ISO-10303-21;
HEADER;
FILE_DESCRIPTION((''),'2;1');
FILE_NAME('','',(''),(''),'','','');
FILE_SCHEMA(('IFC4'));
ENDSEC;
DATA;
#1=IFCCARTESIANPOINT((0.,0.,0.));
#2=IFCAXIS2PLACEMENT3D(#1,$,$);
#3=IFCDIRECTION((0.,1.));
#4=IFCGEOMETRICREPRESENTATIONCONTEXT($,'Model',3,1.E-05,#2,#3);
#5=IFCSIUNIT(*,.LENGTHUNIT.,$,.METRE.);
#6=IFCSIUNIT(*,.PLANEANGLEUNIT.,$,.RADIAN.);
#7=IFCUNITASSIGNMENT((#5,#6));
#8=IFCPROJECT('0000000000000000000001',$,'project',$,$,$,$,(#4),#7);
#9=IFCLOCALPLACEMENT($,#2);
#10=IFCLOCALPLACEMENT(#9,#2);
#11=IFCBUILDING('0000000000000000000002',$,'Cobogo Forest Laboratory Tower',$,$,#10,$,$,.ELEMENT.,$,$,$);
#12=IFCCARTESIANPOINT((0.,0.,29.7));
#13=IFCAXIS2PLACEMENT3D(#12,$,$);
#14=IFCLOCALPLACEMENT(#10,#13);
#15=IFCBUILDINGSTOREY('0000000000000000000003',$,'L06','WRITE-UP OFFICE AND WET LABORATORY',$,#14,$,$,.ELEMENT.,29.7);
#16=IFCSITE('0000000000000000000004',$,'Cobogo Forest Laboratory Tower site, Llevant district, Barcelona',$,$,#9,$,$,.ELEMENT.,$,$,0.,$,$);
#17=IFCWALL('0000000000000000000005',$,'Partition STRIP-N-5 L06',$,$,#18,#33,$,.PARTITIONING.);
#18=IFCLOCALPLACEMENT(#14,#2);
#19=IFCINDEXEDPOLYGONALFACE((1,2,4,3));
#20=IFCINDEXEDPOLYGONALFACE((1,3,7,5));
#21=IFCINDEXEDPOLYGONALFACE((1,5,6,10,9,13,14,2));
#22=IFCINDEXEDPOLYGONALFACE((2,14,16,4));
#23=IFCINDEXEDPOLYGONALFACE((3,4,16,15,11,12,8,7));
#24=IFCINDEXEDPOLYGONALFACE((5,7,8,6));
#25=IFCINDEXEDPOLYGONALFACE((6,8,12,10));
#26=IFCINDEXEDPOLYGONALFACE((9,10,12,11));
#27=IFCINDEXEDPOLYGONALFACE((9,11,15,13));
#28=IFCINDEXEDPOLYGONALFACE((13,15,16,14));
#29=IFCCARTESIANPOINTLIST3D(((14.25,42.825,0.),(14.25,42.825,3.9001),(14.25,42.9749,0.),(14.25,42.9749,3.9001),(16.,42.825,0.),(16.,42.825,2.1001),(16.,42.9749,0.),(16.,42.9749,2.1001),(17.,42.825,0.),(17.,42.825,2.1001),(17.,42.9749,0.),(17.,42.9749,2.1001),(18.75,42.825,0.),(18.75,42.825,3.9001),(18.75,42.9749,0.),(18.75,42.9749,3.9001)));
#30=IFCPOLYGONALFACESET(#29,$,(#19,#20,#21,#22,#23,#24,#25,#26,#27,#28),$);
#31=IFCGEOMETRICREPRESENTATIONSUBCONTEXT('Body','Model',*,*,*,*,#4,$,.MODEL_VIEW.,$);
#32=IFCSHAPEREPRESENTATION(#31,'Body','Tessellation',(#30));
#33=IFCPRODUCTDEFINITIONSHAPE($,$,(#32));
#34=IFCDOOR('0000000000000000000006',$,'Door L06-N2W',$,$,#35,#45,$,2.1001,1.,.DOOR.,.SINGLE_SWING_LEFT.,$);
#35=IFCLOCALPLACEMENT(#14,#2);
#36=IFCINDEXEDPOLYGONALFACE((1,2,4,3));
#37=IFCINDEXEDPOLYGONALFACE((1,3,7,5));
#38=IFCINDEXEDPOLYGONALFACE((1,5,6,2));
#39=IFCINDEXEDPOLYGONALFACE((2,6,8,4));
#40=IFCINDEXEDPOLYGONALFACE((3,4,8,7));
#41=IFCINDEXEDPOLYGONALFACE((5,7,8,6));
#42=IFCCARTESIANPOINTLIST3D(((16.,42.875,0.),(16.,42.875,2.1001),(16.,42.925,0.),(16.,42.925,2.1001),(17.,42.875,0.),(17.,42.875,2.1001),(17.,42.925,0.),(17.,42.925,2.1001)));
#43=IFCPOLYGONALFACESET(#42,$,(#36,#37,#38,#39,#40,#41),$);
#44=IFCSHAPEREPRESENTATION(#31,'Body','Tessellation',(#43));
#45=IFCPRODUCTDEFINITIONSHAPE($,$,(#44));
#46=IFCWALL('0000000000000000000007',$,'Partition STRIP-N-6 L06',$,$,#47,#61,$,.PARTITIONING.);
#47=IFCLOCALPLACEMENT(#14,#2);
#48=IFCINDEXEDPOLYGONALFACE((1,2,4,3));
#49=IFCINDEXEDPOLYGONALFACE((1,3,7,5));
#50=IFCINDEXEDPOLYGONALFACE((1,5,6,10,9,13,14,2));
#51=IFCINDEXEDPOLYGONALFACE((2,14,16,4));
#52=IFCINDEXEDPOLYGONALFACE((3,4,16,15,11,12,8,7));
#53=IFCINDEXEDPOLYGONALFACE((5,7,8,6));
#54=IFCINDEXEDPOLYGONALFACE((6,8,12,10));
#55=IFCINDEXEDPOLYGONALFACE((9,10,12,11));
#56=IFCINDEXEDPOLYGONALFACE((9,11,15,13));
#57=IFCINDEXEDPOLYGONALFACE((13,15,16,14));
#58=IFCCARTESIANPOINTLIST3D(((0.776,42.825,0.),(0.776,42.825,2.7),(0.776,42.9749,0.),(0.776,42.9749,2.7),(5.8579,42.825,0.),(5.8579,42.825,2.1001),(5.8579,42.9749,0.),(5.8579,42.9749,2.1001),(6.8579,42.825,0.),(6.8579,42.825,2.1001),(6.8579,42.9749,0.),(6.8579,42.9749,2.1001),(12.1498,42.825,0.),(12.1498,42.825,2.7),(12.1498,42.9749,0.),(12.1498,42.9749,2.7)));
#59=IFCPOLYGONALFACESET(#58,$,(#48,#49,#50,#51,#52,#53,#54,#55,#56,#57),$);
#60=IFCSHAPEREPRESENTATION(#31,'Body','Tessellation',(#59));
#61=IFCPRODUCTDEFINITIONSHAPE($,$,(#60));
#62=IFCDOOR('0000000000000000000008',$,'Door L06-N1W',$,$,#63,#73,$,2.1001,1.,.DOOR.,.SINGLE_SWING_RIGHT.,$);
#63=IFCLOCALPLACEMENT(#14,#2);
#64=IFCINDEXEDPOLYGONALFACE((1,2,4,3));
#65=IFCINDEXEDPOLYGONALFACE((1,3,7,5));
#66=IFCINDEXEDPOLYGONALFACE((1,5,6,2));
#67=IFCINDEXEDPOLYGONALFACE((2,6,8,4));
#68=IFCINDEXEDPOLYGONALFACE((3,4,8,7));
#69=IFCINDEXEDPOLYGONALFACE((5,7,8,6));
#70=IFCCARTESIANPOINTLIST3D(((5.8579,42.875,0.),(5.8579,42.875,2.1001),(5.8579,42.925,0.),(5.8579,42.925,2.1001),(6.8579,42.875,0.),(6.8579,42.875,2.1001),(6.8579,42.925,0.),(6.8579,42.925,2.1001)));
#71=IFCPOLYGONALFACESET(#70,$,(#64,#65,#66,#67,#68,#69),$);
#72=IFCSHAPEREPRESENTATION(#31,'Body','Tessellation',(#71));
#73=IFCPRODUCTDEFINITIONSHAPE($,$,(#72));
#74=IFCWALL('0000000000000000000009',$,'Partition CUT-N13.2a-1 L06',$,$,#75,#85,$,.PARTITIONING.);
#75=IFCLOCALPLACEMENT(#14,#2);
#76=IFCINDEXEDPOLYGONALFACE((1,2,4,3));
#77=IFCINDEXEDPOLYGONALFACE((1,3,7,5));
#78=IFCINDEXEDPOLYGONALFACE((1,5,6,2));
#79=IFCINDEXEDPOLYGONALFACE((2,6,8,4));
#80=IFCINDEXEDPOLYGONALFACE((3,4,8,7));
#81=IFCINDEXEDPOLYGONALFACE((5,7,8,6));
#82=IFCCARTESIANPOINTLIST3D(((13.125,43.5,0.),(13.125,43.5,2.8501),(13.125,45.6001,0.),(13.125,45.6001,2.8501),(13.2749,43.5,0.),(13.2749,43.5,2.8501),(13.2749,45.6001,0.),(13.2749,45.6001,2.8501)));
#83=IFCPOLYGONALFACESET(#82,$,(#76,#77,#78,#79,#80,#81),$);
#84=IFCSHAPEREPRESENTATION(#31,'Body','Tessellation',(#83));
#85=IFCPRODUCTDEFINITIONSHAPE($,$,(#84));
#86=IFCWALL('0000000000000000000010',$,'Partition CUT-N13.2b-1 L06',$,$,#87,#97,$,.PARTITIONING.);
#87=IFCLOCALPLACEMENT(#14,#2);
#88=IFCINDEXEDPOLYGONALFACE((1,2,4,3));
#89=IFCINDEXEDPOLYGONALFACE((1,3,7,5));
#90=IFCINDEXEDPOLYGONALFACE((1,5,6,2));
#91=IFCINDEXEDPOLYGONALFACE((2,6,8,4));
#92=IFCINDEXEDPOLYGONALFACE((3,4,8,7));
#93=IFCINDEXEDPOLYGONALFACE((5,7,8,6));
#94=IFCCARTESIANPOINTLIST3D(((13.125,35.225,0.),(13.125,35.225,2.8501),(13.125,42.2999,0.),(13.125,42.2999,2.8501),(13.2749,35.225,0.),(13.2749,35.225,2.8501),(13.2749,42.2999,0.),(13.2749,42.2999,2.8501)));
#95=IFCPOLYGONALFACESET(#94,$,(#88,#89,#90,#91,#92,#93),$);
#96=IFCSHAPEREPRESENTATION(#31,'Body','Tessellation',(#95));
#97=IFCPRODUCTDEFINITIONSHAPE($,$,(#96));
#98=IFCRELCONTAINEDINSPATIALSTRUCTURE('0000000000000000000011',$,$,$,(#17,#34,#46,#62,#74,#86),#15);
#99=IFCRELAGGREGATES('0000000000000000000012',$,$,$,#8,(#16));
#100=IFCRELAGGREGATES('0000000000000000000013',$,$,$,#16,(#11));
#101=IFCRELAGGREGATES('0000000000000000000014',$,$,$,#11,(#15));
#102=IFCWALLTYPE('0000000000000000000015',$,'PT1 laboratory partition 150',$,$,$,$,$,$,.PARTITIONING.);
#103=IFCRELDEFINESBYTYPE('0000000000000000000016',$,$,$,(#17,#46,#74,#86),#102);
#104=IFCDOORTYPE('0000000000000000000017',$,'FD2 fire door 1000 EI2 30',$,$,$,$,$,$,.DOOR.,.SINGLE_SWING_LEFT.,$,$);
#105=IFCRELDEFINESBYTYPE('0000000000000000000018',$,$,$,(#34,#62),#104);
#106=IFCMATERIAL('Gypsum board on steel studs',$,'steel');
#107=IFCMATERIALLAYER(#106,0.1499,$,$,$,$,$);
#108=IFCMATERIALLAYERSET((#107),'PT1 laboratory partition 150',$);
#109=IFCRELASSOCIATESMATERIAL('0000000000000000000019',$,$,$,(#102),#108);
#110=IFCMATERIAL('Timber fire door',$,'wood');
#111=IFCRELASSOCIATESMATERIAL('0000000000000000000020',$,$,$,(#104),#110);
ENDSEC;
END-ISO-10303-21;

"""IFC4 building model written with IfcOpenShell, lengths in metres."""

from ifc_helpers import new_model, si_unit, direction, frame, frame_2d, origin, place, context, subcontext, project, spatial, rectangle, extrude, material, layer, layer_set, type_object, element, fill, save


model = new_model("IFC4")

# Units and contexts
model_context = context("Model", 3, precision=1e-05, world=origin(), true_north=direction((0.0, 1.0)))
body_context = subcontext(model_context, "Body", "Model", "MODEL_VIEW")
ifc_project = project(units=[si_unit("LENGTHUNIT", "METRE"), si_unit("PLANEANGLEUNIT", "RADIAN")], contexts=[model_context])

# Site, building, storey
site_placement = place(None, origin())
site = spatial("IfcSite", under=ifc_project, at=site_placement, Name="Cobogo Forest Laboratory Tower site, Llevant district, Barcelona", CompositionType="ELEMENT", RefElevation=0.0)
building_placement = place(site_placement, origin())
building = spatial("IfcBuilding", under=site, at=building_placement, Name="Cobogo Forest Laboratory Tower", CompositionType="ELEMENT")
storey_placement = place(building_placement, frame((0.0, 0.0, 29.7)))
storey = spatial("IfcBuildingStorey", under=building, at=storey_placement, Name="L06", Description="WRITE-UP OFFICE AND WET LABORATORY", CompositionType="ELEMENT", Elevation=29.7)

# Walls, openings, doors
ifc_material_1 = material(Name="Gypsum board on steel studs", Category="steel")
ifc_layer_1 = layer(ifc_material_1, 0.1499)
ifc_layer_set_1 = layer_set([ifc_layer_1], Name="PT1 laboratory partition 150")
wall_type_1 = type_object("IfcWallType", Name="PT1 laboratory partition 150", PredefinedType="PARTITIONING", material=ifc_layer_set_1)
wall_1_placement = place(storey_placement, frame((18.75, 42.8999, 0.0), z_axis=(0.0, 0.0, 1.0), x_axis=(-1.0, 0.0, 0.0)))
wall_1 = element("IfcWall", 1, at=wall_1_placement, inside=storey, type_object=wall_type_1, Name="Partition STRIP-N-5 L06", PredefinedType="PARTITIONING", context=body_context, shape_type="SweptSolid", body=[
    extrude(rectangle(XDim=4.5, YDim=0.1499, at=frame_2d((2.25, 0.0))), origin(), (0.0, 0.0, 1.0), 3.9001),
])
opening_1_placement = place(wall_1_placement, frame((1.75, 0.0, 0.0)))
opening_1 = element("IfcOpeningElement", 2, at=opening_1_placement, cuts=wall_1, PredefinedType="OPENING", context=body_context, shape_type="SweptSolid", body=[
    extrude(rectangle(XDim=1.0, YDim=2.1001, at=frame_2d((0.5, 1.05))), frame((0.0, 0.085, 0.0), z_axis=(0.0, -1.0, 0.0), x_axis=(1.0, 0.0, 0.0)), (0.0, 0.0, 1.0), 0.1699),
])
ifc_material_2 = material(Name="Timber fire door", Category="wood")
door_type_1 = type_object("IfcDoorType", Name="FD2 fire door 1000 EI2 30", OperationType="SINGLE_SWING_LEFT", PredefinedType="DOOR", material=ifc_material_2)
door_1_placement = place(opening_1_placement, origin())
door_1 = element("IfcDoor", 3, at=door_1_placement, inside=storey, type_object=door_type_1, Name="Door L06-N2W", OperationType="SINGLE_SWING_LEFT", OverallHeight=2.1001, OverallWidth=1.0, PredefinedType="DOOR", context=body_context, shape_type="SweptSolid", body=[
    extrude(rectangle(XDim=1.0, YDim=2.1001, at=frame_2d((0.5, 1.05))), frame((0.0, 0.0249, 0.0), z_axis=(0.0, -1.0, 0.0), x_axis=(1.0, 0.0, 0.0)), (0.0, 0.0, 1.0), 0.05),
])
fill(opening_1, door_1)
wall_2_placement = place(storey_placement, frame((12.1499, 42.8999, 0.0), z_axis=(0.0, 0.0, 1.0), x_axis=(-1.0, 0.0, 0.0)))
wall_2 = element("IfcWall", 4, at=wall_2_placement, inside=storey, type_object=wall_type_1, Name="Partition STRIP-N-6 L06", PredefinedType="PARTITIONING", context=body_context, shape_type="SweptSolid", body=[
    extrude(rectangle(XDim=11.3738, YDim=0.1499, at=frame_2d((5.687, 0.0))), origin(), (0.0, 0.0, 1.0), 2.7),
])
opening_2_placement = place(wall_2_placement, frame((5.292, 0.0, 0.0)))
opening_2 = element("IfcOpeningElement", 5, at=opening_2_placement, cuts=wall_2, PredefinedType="OPENING", context=body_context, shape_type="SweptSolid", body=[
    extrude(rectangle(XDim=1.0, YDim=2.1001, at=frame_2d((0.5, 1.05))), frame((0.0, 0.085, 0.0), z_axis=(0.0, -1.0, 0.0), x_axis=(1.0, 0.0, 0.0)), (0.0, 0.0, 1.0), 0.1699),
])
door_2_placement = place(opening_2_placement, origin())
door_2 = element("IfcDoor", 6, at=door_2_placement, inside=storey, type_object=door_type_1, Name="Door L06-N1W", OperationType="SINGLE_SWING_RIGHT", OverallHeight=2.1001, OverallWidth=1.0, PredefinedType="DOOR", context=body_context, shape_type="SweptSolid", body=[
    extrude(rectangle(XDim=1.0, YDim=2.1001, at=frame_2d((0.5, 1.05))), frame((0.0, 0.0249, 0.0), z_axis=(0.0, -1.0, 0.0), x_axis=(1.0, 0.0, 0.0)), (0.0, 0.0, 1.0), 0.05),
])
fill(opening_2, door_2)

# Walls
wall_3_placement = place(storey_placement, frame((13.2, 45.6001, 0.0), z_axis=(0.0, 0.0, 1.0), x_axis=(0.0, -1.0, 0.0)))
element("IfcWall", 7, at=wall_3_placement, inside=storey, type_object=wall_type_1, Name="Partition CUT-N13.2a-1 L06", PredefinedType="PARTITIONING", context=body_context, shape_type="SweptSolid", body=[
    extrude(rectangle(XDim=2.1001, YDim=0.1499, at=frame_2d((1.05, 0.0))), origin(), (0.0, 0.0, 1.0), 2.8501),
])
wall_4_placement = place(storey_placement, frame((13.2, 42.3, 0.0), z_axis=(0.0, 0.0, 1.0), x_axis=(0.0, -1.0, 0.0)))
element("IfcWall", 8, at=wall_4_placement, inside=storey, type_object=wall_type_1, Name="Partition CUT-N13.2b-1 L06", PredefinedType="PARTITIONING", context=body_context, shape_type="SweptSolid", body=[
    extrude(rectangle(XDim=7.075, YDim=0.1499, at=frame_2d((3.5376, 0.0))), origin(), (0.0, 0.0, 1.0), 2.8501),
])

save(model, "model.ifc")
